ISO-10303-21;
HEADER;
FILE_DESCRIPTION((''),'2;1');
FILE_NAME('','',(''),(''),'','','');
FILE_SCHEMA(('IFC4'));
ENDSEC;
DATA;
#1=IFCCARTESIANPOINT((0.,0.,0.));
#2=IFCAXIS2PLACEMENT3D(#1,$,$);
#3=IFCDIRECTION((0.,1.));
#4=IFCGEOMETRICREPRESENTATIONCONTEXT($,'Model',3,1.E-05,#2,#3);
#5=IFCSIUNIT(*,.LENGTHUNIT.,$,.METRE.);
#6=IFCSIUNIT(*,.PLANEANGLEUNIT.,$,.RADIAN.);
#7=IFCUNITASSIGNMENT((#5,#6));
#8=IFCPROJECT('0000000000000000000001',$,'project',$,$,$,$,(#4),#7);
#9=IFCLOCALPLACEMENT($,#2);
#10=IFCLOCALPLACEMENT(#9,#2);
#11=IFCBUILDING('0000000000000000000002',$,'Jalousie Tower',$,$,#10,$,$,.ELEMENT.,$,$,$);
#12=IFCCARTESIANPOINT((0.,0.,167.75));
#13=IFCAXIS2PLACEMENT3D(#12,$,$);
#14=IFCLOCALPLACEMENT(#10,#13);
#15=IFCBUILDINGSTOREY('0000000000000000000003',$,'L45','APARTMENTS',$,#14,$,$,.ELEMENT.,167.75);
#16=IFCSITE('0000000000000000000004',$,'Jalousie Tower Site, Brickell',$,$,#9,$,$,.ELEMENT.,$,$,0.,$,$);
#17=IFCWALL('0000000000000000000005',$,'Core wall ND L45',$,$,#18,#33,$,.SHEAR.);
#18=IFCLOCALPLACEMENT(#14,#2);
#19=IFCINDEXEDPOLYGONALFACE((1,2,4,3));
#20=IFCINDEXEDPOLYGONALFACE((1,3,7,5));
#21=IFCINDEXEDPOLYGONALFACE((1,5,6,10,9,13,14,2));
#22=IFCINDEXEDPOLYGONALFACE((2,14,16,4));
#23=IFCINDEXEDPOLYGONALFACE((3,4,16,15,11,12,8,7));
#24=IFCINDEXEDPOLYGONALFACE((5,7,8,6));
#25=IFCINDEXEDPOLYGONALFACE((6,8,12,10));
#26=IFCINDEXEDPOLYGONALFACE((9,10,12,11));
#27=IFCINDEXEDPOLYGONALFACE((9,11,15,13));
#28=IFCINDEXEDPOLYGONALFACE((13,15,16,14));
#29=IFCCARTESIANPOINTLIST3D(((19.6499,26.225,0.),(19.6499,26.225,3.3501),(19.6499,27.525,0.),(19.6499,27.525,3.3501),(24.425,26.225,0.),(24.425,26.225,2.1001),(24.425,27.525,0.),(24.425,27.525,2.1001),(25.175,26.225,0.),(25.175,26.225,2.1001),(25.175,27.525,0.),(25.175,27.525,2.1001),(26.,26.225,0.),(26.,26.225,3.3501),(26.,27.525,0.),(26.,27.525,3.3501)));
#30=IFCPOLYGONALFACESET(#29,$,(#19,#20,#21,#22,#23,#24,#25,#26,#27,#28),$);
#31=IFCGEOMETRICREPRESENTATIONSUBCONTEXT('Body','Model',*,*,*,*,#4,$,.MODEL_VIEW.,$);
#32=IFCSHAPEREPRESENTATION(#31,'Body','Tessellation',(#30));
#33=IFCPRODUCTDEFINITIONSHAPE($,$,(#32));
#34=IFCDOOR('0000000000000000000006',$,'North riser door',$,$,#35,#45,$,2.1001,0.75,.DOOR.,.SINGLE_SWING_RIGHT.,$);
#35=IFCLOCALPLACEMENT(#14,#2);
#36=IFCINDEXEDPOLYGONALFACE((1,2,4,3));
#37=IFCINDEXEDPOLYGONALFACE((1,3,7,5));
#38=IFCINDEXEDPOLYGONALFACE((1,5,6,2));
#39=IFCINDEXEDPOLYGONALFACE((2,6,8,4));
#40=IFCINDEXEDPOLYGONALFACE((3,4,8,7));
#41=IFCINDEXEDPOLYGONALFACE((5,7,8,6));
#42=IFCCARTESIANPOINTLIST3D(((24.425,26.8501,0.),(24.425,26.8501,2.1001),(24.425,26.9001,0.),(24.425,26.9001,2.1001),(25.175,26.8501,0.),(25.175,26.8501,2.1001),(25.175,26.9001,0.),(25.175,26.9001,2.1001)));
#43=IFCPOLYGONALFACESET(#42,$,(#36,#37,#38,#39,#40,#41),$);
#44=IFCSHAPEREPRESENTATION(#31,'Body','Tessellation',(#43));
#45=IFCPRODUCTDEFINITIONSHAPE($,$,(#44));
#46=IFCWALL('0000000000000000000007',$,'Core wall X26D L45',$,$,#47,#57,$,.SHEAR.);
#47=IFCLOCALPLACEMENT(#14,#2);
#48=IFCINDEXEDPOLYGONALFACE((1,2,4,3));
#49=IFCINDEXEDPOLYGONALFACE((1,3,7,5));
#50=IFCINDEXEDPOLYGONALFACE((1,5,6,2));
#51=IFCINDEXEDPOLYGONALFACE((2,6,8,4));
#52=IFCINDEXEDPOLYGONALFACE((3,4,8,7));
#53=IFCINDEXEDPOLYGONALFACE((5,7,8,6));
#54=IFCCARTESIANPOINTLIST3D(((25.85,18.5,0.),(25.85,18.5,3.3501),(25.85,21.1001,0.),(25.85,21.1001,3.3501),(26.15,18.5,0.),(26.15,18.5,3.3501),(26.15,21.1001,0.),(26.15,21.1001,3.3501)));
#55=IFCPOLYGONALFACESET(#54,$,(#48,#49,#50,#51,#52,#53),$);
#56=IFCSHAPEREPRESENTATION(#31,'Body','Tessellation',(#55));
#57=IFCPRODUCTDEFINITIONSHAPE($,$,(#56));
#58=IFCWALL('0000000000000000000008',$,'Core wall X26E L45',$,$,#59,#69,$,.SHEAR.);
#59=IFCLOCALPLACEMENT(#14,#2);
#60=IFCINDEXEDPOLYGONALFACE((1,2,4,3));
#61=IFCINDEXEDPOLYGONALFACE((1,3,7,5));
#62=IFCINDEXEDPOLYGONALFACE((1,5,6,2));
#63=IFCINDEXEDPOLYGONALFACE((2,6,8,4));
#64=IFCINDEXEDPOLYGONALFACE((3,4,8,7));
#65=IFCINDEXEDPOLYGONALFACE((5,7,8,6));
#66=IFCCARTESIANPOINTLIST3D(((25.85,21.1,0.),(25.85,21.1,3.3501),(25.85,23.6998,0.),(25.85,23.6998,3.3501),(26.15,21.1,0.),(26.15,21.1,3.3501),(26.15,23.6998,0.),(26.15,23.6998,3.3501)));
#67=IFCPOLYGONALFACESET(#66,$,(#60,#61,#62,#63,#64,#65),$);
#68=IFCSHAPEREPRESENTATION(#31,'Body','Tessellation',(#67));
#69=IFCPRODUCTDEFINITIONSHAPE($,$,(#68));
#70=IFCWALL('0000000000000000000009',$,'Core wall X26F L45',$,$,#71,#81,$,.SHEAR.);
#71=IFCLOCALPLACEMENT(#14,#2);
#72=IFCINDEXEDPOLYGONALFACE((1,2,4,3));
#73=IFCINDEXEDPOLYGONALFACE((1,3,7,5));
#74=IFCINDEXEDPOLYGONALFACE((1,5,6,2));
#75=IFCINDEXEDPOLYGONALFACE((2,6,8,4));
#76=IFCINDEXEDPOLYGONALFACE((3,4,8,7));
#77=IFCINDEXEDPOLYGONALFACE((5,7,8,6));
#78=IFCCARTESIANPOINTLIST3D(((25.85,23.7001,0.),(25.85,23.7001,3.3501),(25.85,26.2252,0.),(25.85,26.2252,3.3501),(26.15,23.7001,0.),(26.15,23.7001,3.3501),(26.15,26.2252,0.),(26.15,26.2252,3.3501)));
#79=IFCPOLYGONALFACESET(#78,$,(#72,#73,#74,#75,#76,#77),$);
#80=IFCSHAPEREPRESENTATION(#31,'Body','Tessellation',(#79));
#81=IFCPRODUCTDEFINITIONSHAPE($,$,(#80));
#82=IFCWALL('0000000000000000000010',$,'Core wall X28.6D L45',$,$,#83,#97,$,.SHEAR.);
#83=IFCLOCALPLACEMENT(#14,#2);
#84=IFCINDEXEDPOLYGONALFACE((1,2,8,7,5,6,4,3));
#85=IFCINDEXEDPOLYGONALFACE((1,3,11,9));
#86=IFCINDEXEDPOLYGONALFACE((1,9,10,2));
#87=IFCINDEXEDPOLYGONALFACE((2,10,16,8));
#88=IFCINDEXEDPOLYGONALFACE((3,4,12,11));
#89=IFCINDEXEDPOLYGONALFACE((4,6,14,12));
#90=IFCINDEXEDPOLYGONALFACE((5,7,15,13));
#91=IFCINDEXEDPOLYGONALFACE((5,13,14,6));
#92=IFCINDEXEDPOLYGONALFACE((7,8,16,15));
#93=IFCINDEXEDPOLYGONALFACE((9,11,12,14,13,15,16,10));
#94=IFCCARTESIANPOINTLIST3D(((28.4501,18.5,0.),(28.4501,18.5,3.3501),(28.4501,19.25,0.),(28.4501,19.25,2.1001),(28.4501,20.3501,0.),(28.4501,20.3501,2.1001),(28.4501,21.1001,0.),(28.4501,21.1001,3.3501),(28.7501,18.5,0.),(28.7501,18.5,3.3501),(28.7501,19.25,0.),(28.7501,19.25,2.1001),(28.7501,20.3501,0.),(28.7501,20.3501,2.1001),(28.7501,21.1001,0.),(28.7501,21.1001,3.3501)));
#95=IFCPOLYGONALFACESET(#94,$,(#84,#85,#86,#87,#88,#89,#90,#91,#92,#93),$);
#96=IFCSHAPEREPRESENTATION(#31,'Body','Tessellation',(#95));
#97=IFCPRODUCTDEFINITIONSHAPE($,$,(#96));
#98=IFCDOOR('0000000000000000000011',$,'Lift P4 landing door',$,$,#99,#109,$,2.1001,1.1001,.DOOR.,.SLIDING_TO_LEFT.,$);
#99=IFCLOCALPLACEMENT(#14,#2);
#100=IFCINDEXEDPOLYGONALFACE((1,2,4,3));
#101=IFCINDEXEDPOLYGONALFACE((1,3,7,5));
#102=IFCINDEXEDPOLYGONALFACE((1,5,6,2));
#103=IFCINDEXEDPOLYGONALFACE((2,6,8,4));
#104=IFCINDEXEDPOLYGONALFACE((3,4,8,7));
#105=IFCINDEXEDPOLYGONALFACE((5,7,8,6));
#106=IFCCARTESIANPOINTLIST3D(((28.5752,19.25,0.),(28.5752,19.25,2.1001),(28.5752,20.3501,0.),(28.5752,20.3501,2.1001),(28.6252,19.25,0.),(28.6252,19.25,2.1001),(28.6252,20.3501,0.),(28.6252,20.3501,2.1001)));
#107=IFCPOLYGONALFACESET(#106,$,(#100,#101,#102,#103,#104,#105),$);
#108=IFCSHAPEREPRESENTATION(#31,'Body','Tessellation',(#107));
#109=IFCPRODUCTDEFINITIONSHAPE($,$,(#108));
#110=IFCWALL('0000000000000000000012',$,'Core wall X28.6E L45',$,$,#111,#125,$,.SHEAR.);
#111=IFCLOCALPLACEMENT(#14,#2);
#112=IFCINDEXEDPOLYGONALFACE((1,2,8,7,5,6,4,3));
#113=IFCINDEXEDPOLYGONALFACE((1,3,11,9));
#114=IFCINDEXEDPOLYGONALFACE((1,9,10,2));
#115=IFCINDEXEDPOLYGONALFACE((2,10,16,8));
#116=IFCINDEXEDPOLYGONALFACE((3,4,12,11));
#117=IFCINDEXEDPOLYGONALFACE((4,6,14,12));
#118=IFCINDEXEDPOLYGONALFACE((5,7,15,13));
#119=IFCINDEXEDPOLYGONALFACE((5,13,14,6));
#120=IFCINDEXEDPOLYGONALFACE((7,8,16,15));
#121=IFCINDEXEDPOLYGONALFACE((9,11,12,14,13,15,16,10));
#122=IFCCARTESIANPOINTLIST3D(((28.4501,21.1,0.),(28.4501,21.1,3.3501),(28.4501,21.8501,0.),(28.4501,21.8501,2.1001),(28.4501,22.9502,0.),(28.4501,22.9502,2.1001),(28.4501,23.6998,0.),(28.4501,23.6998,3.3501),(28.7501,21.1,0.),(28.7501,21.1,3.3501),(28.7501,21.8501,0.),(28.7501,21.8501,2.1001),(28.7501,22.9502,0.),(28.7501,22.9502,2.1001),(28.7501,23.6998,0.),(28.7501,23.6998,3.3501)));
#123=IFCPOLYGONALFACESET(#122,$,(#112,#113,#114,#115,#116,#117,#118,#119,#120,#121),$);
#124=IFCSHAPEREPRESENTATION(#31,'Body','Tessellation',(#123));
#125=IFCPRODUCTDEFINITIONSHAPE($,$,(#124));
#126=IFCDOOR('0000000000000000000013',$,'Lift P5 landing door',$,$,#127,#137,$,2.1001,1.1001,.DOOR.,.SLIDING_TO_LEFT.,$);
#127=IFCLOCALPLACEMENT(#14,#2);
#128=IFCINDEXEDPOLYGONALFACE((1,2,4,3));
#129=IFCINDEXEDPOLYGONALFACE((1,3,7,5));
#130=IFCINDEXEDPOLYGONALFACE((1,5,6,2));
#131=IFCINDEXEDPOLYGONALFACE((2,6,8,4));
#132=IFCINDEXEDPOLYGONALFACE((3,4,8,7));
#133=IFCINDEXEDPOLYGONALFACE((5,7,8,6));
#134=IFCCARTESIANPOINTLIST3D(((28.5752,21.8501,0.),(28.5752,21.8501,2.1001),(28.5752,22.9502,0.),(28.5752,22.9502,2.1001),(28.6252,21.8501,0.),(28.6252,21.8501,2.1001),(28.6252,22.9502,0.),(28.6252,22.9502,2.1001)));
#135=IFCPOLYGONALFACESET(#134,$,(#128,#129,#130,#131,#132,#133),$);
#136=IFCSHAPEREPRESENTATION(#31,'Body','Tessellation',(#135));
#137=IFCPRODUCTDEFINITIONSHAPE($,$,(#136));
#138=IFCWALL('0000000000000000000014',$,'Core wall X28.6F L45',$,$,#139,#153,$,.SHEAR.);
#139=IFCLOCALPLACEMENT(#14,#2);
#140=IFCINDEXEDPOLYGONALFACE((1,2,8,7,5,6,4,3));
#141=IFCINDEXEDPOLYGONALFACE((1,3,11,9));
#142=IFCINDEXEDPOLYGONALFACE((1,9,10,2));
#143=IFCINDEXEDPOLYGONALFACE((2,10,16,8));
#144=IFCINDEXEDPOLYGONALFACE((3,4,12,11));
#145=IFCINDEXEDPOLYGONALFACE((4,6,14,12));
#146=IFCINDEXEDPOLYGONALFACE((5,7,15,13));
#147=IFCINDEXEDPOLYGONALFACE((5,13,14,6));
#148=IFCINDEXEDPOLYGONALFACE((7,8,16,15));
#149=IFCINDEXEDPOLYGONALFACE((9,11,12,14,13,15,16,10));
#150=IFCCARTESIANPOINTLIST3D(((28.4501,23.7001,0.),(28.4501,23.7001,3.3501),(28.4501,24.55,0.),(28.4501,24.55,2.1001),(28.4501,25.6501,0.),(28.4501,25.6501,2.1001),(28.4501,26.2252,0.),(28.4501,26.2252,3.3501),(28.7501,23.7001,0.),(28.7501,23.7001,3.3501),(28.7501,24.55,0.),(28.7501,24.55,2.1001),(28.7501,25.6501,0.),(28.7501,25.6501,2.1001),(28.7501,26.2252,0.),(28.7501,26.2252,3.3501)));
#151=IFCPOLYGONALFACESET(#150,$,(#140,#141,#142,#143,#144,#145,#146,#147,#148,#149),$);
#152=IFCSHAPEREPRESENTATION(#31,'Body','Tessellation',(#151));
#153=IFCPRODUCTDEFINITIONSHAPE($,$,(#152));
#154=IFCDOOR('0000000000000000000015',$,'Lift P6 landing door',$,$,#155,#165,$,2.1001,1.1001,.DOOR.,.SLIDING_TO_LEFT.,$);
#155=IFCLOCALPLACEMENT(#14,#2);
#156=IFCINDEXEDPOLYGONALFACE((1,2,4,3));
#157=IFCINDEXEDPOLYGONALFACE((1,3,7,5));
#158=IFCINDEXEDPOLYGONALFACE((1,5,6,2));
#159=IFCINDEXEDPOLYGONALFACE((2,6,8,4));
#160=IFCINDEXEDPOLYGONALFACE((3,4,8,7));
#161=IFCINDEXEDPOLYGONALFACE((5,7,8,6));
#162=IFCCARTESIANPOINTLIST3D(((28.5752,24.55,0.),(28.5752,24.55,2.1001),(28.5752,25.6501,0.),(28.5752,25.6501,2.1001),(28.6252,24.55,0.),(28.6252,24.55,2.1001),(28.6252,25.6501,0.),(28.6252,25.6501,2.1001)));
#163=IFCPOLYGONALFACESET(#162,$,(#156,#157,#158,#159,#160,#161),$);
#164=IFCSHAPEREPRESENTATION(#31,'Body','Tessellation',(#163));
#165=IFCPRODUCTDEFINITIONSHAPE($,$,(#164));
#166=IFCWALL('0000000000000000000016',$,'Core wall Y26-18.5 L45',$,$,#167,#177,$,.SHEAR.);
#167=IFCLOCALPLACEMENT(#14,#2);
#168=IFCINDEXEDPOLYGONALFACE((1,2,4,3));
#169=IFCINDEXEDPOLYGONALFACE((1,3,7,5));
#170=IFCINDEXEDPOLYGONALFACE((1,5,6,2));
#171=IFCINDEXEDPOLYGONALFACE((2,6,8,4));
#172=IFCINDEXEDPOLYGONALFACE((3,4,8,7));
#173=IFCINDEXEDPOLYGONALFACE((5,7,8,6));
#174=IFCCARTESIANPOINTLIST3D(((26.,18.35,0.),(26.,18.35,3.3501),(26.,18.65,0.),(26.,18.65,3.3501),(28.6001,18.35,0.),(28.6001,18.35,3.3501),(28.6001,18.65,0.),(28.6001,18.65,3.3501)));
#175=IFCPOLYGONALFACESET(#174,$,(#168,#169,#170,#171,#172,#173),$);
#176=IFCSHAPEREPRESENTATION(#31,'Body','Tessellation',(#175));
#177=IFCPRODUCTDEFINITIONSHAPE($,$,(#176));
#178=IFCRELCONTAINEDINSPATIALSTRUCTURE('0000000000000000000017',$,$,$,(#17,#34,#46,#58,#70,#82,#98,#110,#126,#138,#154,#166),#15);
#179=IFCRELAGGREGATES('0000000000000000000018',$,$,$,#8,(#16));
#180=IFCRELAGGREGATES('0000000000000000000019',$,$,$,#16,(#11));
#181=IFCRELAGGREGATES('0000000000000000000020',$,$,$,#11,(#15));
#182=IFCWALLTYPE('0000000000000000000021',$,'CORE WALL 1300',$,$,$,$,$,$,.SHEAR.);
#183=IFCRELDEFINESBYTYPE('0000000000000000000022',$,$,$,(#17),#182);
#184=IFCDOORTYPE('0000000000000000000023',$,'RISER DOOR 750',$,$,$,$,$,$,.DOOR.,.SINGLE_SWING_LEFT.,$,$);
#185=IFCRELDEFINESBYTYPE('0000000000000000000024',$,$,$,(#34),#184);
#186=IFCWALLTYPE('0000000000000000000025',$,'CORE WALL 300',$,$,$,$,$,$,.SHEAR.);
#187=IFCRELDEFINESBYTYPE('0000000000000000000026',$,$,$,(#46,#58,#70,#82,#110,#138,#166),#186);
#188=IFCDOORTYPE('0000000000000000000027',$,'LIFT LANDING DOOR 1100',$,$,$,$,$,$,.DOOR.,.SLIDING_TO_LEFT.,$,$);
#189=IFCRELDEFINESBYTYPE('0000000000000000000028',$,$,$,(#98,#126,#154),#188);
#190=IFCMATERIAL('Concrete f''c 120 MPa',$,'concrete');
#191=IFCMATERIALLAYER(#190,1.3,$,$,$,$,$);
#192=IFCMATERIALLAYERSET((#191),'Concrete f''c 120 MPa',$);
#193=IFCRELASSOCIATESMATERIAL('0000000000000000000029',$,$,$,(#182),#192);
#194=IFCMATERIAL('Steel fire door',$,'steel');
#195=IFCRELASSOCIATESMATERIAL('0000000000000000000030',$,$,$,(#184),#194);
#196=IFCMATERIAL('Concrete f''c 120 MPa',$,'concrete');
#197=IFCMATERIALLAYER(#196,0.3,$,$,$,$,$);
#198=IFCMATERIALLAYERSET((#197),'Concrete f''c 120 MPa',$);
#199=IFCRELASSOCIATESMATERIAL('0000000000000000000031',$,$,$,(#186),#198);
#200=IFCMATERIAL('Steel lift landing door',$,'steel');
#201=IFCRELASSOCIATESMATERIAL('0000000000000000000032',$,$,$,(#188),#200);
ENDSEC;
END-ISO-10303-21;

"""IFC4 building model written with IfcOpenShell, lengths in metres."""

from ifc_helpers import new_model, si_unit, direction, frame, frame_2d, origin, place, context, subcontext, project, spatial, rectangle, extrude, material, layer, layer_set, type_object, element, fill, save


model = new_model("IFC4")

# Units and contexts
model_context = context("Model", 3, precision=1e-05, world=origin(), true_north=direction((0.0, 1.0)))
body_context = subcontext(model_context, "Body", "Model", "MODEL_VIEW")
ifc_project = project(units=[si_unit("LENGTHUNIT", "METRE"), si_unit("PLANEANGLEUNIT", "RADIAN")], contexts=[model_context])

# Site, building, storey
site_placement = place(None, origin())
site = spatial("IfcSite", under=ifc_project, at=site_placement, Name="Jalousie Tower Site, Brickell", CompositionType="ELEMENT", RefElevation=0.0)
building_placement = place(site_placement, origin())
building = spatial("IfcBuilding", under=site, at=building_placement, Name="Jalousie Tower", CompositionType="ELEMENT")
storey_placement = place(building_placement, frame((0.0, 0.0, 167.75)))
storey = spatial("IfcBuildingStorey", under=building, at=storey_placement, Name="L45", Description="APARTMENTS", CompositionType="ELEMENT", Elevation=167.75)

# Wall, opening, door
ifc_material_1 = material(Name="Concrete f'c 120 MPa", Category="concrete")
ifc_layer_1 = layer(ifc_material_1, 1.3)
ifc_layer_set_1 = layer_set([ifc_layer_1], Name="Concrete f'c 120 MPa")
wall_type_1 = type_object("IfcWallType", Name="CORE WALL 1300", PredefinedType="SHEAR", material=ifc_layer_set_1)
wall_1_placement = place(storey_placement, frame((26.0, 26.875, 0.0), z_axis=(0.0, 0.0, 1.0), x_axis=(-1.0, 0.0, 0.0)))
wall_1 = element("IfcWall", 1, at=wall_1_placement, inside=storey, type_object=wall_type_1, Name="Core wall ND L45", PredefinedType="SHEAR", context=body_context, shape_type="SweptSolid", body=[
    extrude(rectangle(XDim=6.3501, YDim=1.3, at=frame_2d((3.175, 0.0))), origin(), (0.0, 0.0, 1.0), 3.3501),
])
opening_1_placement = place(wall_1_placement, frame((0.825, 0.0, 0.0)))
opening_1 = element("IfcOpeningElement", 2, at=opening_1_placement, cuts=wall_1, PredefinedType="OPENING", context=body_context, shape_type="SweptSolid", body=[
    extrude(rectangle(XDim=0.75, YDim=2.1001, at=frame_2d((0.375, 1.05))), frame((0.0, 0.6599, 0.0), z_axis=(0.0, -1.0, 0.0), x_axis=(1.0, 0.0, 0.0)), (0.0, 0.0, 1.0), 1.3201),
])
ifc_material_2 = material(Name="Steel fire door", Category="steel")
door_type_1 = type_object("IfcDoorType", Name="RISER DOOR 750", OperationType="SINGLE_SWING_LEFT", PredefinedType="DOOR", material=ifc_material_2)
door_1_placement = place(opening_1_placement, origin())
door_1 = element("IfcDoor", 3, at=door_1_placement, inside=storey, type_object=door_type_1, Name="North riser door", OperationType="SINGLE_SWING_RIGHT", OverallHeight=2.1001, OverallWidth=0.75, PredefinedType="DOOR", context=body_context, shape_type="SweptSolid", body=[
    extrude(rectangle(XDim=0.75, YDim=2.1001, at=frame_2d((0.375, 1.05))), frame((0.0, 0.0249, 0.0), z_axis=(0.0, -1.0, 0.0), x_axis=(1.0, 0.0, 0.0)), (0.0, 0.0, 1.0), 0.05),
])
fill(opening_1, door_1)

# Walls
ifc_material_3 = material(Name="Concrete f'c 120 MPa", Category="concrete")
ifc_layer_2 = layer(ifc_material_3, 0.3)
ifc_layer_set_2 = layer_set([ifc_layer_2], Name="Concrete f'c 120 MPa")
wall_type_2 = type_object("IfcWallType", Name="CORE WALL 300", PredefinedType="SHEAR", material=ifc_layer_set_2)
wall_2_placement = place(storey_placement, frame((26.0, 18.5, 0.0), z_axis=(0.0, 0.0, 1.0), x_axis=(0.0, 1.0, 0.0)))
element("IfcWall", 4, at=wall_2_placement, inside=storey, type_object=wall_type_2, Name="Core wall X26D L45", PredefinedType="SHEAR", context=body_context, shape_type="SweptSolid", body=[
    extrude(rectangle(XDim=2.6001, YDim=0.3, at=frame_2d((1.3, 0.0))), origin(), (0.0, 0.0, 1.0), 3.3501),
])
wall_3_placement = place(storey_placement, frame((26.0, 21.1001, 0.0), z_axis=(0.0, 0.0, 1.0), x_axis=(0.0, 1.0, 0.0)))
element("IfcWall", 5, at=wall_3_placement, inside=storey, type_object=wall_type_2, Name="Core wall X26E L45", PredefinedType="SHEAR", context=body_context, shape_type="SweptSolid", body=[
    extrude(rectangle(XDim=2.5999, YDim=0.3, at=frame_2d((1.2998, 0.0))), origin(), (0.0, 0.0, 1.0), 3.3501),
])
wall_4_placement = place(storey_placement, frame((26.0, 23.7, 0.0), z_axis=(0.0, 0.0, 1.0), x_axis=(0.0, 1.0, 0.0)))
element("IfcWall", 6, at=wall_4_placement, inside=storey, type_object=wall_type_2, Name="Core wall X26F L45", PredefinedType="SHEAR", context=body_context, shape_type="SweptSolid", body=[
    extrude(rectangle(XDim=2.5251, YDim=0.3, at=frame_2d((1.2627, 0.0))), origin(), (0.0, 0.0, 1.0), 3.3501),
])

# Walls, openings, doors
wall_5_placement = place(storey_placement, frame((28.6001, 18.5, 0.0), z_axis=(0.0, 0.0, 1.0), x_axis=(0.0, 1.0, 0.0)))
wall_5 = element("IfcWall", 7, at=wall_5_placement, inside=storey, type_object=wall_type_2, Name="Core wall X28.6D L45", PredefinedType="SHEAR", context=body_context, shape_type="SweptSolid", body=[
    extrude(rectangle(XDim=2.6001, YDim=0.3, at=frame_2d((1.3, 0.0))), origin(), (0.0, 0.0, 1.0), 3.3501),
])
opening_2_placement = place(wall_5_placement, frame((0.75, 0.0, 0.0)))
opening_2 = element("IfcOpeningElement", 8, at=opening_2_placement, cuts=wall_5, PredefinedType="OPENING", context=body_context, shape_type="SweptSolid", body=[
    extrude(rectangle(XDim=1.1001, YDim=2.1001, at=frame_2d((0.55, 1.05))), frame((0.0, 0.1599, 0.0), z_axis=(0.0, -1.0, 0.0), x_axis=(1.0, 0.0, 0.0)), (0.0, 0.0, 1.0), 0.3201),
])
ifc_material_4 = material(Name="Steel lift landing door", Category="steel")
door_type_2 = type_object("IfcDoorType", Name="LIFT LANDING DOOR 1100", OperationType="SLIDING_TO_LEFT", PredefinedType="DOOR", material=ifc_material_4)
door_2_placement = place(opening_2_placement, origin())
door_2 = element("IfcDoor", 9, at=door_2_placement, inside=storey, type_object=door_type_2, Name="Lift P4 landing door", OperationType="SLIDING_TO_LEFT", OverallHeight=2.1001, OverallWidth=1.1001, PredefinedType="DOOR", context=body_context, shape_type="SweptSolid", body=[
    extrude(rectangle(XDim=1.1001, YDim=2.1001, at=frame_2d((0.55, 1.05))), frame((0.0, 0.0249, 0.0), z_axis=(0.0, -1.0, 0.0), x_axis=(1.0, 0.0, 0.0)), (0.0, 0.0, 1.0), 0.05),
])
fill(opening_2, door_2)
wall_6_placement = place(storey_placement, frame((28.6001, 21.1001, 0.0), z_axis=(0.0, 0.0, 1.0), x_axis=(0.0, 1.0, 0.0)))
wall_6 = element("IfcWall", 10, at=wall_6_placement, inside=storey, type_object=wall_type_2, Name="Core wall X28.6E L45", PredefinedType="SHEAR", context=body_context, shape_type="SweptSolid", body=[
    extrude(rectangle(XDim=2.5999, YDim=0.3, at=frame_2d((1.2998, 0.0))), origin(), (0.0, 0.0, 1.0), 3.3501),
])
opening_3_placement = place(wall_6_placement, frame((0.75, 0.0, 0.0)))
opening_3 = element("IfcOpeningElement", 11, at=opening_3_placement, cuts=wall_6, PredefinedType="OPENING", context=body_context, shape_type="SweptSolid", body=[
    extrude(rectangle(XDim=1.1001, YDim=2.1001, at=frame_2d((0.55, 1.05))), frame((0.0, 0.1599, 0.0), z_axis=(0.0, -1.0, 0.0), x_axis=(1.0, 0.0, 0.0)), (0.0, 0.0, 1.0), 0.3201),
])
door_3_placement = place(opening_3_placement, origin())
door_3 = element("IfcDoor", 12, at=door_3_placement, inside=storey, type_object=door_type_2, Name="Lift P5 landing door", OperationType="SLIDING_TO_LEFT", OverallHeight=2.1001, OverallWidth=1.1001, PredefinedType="DOOR", context=body_context, shape_type="SweptSolid", body=[
    extrude(rectangle(XDim=1.1001, YDim=2.1001, at=frame_2d((0.55, 1.05))), frame((0.0, 0.0249, 0.0), z_axis=(0.0, -1.0, 0.0), x_axis=(1.0, 0.0, 0.0)), (0.0, 0.0, 1.0), 0.05),
])
fill(opening_3, door_3)
wall_7_placement = place(storey_placement, frame((28.6001, 23.7, 0.0), z_axis=(0.0, 0.0, 1.0), x_axis=(0.0, 1.0, 0.0)))
wall_7 = element("IfcWall", 13, at=wall_7_placement, inside=storey, type_object=wall_type_2, Name="Core wall X28.6F L45", PredefinedType="SHEAR", context=body_context, shape_type="SweptSolid", body=[
    extrude(rectangle(XDim=2.5251, YDim=0.3, at=frame_2d((1.2627, 0.0))), origin(), (0.0, 0.0, 1.0), 3.3501),
])
opening_4_placement = place(wall_7_placement, frame((0.8501, 0.0, 0.0)))
opening_4 = element("IfcOpeningElement", 14, at=opening_4_placement, cuts=wall_7, PredefinedType="OPENING", context=body_context, shape_type="SweptSolid", body=[
    extrude(rectangle(XDim=1.1001, YDim=2.1001, at=frame_2d((0.55, 1.05))), frame((0.0, 0.1599, 0.0), z_axis=(0.0, -1.0, 0.0), x_axis=(1.0, 0.0, 0.0)), (0.0, 0.0, 1.0), 0.3201),
])
door_4_placement = place(opening_4_placement, origin())
door_4 = element("IfcDoor", 15, at=door_4_placement, inside=storey, type_object=door_type_2, Name="Lift P6 landing door", OperationType="SLIDING_TO_LEFT", OverallHeight=2.1001, OverallWidth=1.1001, PredefinedType="DOOR", context=body_context, shape_type="SweptSolid", body=[
    extrude(rectangle(XDim=1.1001, YDim=2.1001, at=frame_2d((0.55, 1.05))), frame((0.0, 0.0249, 0.0), z_axis=(0.0, -1.0, 0.0), x_axis=(1.0, 0.0, 0.0)), (0.0, 0.0, 1.0), 0.05),
])
fill(opening_4, door_4)

# Wall
for number, where, z_axis, x_axis, name in (
    (16, (26.0, 18.5, 0.0), (0.0, 0.0, 1.0), (1.0, 0.0, 0.0), "Core wall Y26-18.5 L45"),
):
    element("IfcWall", number, at=place(storey_placement, frame(where, z_axis=z_axis, x_axis=x_axis)), inside=storey, type_object=wall_type_2, Name=name, PredefinedType="SHEAR", context=body_context, shape_type="SweptSolid", body=[
        extrude(rectangle(XDim=2.6001, YDim=0.3, at=frame_2d((1.3, 0.0))), origin(), (0.0, 0.0, 1.0), 3.3501),
    ])

save(model, "model.ifc")
